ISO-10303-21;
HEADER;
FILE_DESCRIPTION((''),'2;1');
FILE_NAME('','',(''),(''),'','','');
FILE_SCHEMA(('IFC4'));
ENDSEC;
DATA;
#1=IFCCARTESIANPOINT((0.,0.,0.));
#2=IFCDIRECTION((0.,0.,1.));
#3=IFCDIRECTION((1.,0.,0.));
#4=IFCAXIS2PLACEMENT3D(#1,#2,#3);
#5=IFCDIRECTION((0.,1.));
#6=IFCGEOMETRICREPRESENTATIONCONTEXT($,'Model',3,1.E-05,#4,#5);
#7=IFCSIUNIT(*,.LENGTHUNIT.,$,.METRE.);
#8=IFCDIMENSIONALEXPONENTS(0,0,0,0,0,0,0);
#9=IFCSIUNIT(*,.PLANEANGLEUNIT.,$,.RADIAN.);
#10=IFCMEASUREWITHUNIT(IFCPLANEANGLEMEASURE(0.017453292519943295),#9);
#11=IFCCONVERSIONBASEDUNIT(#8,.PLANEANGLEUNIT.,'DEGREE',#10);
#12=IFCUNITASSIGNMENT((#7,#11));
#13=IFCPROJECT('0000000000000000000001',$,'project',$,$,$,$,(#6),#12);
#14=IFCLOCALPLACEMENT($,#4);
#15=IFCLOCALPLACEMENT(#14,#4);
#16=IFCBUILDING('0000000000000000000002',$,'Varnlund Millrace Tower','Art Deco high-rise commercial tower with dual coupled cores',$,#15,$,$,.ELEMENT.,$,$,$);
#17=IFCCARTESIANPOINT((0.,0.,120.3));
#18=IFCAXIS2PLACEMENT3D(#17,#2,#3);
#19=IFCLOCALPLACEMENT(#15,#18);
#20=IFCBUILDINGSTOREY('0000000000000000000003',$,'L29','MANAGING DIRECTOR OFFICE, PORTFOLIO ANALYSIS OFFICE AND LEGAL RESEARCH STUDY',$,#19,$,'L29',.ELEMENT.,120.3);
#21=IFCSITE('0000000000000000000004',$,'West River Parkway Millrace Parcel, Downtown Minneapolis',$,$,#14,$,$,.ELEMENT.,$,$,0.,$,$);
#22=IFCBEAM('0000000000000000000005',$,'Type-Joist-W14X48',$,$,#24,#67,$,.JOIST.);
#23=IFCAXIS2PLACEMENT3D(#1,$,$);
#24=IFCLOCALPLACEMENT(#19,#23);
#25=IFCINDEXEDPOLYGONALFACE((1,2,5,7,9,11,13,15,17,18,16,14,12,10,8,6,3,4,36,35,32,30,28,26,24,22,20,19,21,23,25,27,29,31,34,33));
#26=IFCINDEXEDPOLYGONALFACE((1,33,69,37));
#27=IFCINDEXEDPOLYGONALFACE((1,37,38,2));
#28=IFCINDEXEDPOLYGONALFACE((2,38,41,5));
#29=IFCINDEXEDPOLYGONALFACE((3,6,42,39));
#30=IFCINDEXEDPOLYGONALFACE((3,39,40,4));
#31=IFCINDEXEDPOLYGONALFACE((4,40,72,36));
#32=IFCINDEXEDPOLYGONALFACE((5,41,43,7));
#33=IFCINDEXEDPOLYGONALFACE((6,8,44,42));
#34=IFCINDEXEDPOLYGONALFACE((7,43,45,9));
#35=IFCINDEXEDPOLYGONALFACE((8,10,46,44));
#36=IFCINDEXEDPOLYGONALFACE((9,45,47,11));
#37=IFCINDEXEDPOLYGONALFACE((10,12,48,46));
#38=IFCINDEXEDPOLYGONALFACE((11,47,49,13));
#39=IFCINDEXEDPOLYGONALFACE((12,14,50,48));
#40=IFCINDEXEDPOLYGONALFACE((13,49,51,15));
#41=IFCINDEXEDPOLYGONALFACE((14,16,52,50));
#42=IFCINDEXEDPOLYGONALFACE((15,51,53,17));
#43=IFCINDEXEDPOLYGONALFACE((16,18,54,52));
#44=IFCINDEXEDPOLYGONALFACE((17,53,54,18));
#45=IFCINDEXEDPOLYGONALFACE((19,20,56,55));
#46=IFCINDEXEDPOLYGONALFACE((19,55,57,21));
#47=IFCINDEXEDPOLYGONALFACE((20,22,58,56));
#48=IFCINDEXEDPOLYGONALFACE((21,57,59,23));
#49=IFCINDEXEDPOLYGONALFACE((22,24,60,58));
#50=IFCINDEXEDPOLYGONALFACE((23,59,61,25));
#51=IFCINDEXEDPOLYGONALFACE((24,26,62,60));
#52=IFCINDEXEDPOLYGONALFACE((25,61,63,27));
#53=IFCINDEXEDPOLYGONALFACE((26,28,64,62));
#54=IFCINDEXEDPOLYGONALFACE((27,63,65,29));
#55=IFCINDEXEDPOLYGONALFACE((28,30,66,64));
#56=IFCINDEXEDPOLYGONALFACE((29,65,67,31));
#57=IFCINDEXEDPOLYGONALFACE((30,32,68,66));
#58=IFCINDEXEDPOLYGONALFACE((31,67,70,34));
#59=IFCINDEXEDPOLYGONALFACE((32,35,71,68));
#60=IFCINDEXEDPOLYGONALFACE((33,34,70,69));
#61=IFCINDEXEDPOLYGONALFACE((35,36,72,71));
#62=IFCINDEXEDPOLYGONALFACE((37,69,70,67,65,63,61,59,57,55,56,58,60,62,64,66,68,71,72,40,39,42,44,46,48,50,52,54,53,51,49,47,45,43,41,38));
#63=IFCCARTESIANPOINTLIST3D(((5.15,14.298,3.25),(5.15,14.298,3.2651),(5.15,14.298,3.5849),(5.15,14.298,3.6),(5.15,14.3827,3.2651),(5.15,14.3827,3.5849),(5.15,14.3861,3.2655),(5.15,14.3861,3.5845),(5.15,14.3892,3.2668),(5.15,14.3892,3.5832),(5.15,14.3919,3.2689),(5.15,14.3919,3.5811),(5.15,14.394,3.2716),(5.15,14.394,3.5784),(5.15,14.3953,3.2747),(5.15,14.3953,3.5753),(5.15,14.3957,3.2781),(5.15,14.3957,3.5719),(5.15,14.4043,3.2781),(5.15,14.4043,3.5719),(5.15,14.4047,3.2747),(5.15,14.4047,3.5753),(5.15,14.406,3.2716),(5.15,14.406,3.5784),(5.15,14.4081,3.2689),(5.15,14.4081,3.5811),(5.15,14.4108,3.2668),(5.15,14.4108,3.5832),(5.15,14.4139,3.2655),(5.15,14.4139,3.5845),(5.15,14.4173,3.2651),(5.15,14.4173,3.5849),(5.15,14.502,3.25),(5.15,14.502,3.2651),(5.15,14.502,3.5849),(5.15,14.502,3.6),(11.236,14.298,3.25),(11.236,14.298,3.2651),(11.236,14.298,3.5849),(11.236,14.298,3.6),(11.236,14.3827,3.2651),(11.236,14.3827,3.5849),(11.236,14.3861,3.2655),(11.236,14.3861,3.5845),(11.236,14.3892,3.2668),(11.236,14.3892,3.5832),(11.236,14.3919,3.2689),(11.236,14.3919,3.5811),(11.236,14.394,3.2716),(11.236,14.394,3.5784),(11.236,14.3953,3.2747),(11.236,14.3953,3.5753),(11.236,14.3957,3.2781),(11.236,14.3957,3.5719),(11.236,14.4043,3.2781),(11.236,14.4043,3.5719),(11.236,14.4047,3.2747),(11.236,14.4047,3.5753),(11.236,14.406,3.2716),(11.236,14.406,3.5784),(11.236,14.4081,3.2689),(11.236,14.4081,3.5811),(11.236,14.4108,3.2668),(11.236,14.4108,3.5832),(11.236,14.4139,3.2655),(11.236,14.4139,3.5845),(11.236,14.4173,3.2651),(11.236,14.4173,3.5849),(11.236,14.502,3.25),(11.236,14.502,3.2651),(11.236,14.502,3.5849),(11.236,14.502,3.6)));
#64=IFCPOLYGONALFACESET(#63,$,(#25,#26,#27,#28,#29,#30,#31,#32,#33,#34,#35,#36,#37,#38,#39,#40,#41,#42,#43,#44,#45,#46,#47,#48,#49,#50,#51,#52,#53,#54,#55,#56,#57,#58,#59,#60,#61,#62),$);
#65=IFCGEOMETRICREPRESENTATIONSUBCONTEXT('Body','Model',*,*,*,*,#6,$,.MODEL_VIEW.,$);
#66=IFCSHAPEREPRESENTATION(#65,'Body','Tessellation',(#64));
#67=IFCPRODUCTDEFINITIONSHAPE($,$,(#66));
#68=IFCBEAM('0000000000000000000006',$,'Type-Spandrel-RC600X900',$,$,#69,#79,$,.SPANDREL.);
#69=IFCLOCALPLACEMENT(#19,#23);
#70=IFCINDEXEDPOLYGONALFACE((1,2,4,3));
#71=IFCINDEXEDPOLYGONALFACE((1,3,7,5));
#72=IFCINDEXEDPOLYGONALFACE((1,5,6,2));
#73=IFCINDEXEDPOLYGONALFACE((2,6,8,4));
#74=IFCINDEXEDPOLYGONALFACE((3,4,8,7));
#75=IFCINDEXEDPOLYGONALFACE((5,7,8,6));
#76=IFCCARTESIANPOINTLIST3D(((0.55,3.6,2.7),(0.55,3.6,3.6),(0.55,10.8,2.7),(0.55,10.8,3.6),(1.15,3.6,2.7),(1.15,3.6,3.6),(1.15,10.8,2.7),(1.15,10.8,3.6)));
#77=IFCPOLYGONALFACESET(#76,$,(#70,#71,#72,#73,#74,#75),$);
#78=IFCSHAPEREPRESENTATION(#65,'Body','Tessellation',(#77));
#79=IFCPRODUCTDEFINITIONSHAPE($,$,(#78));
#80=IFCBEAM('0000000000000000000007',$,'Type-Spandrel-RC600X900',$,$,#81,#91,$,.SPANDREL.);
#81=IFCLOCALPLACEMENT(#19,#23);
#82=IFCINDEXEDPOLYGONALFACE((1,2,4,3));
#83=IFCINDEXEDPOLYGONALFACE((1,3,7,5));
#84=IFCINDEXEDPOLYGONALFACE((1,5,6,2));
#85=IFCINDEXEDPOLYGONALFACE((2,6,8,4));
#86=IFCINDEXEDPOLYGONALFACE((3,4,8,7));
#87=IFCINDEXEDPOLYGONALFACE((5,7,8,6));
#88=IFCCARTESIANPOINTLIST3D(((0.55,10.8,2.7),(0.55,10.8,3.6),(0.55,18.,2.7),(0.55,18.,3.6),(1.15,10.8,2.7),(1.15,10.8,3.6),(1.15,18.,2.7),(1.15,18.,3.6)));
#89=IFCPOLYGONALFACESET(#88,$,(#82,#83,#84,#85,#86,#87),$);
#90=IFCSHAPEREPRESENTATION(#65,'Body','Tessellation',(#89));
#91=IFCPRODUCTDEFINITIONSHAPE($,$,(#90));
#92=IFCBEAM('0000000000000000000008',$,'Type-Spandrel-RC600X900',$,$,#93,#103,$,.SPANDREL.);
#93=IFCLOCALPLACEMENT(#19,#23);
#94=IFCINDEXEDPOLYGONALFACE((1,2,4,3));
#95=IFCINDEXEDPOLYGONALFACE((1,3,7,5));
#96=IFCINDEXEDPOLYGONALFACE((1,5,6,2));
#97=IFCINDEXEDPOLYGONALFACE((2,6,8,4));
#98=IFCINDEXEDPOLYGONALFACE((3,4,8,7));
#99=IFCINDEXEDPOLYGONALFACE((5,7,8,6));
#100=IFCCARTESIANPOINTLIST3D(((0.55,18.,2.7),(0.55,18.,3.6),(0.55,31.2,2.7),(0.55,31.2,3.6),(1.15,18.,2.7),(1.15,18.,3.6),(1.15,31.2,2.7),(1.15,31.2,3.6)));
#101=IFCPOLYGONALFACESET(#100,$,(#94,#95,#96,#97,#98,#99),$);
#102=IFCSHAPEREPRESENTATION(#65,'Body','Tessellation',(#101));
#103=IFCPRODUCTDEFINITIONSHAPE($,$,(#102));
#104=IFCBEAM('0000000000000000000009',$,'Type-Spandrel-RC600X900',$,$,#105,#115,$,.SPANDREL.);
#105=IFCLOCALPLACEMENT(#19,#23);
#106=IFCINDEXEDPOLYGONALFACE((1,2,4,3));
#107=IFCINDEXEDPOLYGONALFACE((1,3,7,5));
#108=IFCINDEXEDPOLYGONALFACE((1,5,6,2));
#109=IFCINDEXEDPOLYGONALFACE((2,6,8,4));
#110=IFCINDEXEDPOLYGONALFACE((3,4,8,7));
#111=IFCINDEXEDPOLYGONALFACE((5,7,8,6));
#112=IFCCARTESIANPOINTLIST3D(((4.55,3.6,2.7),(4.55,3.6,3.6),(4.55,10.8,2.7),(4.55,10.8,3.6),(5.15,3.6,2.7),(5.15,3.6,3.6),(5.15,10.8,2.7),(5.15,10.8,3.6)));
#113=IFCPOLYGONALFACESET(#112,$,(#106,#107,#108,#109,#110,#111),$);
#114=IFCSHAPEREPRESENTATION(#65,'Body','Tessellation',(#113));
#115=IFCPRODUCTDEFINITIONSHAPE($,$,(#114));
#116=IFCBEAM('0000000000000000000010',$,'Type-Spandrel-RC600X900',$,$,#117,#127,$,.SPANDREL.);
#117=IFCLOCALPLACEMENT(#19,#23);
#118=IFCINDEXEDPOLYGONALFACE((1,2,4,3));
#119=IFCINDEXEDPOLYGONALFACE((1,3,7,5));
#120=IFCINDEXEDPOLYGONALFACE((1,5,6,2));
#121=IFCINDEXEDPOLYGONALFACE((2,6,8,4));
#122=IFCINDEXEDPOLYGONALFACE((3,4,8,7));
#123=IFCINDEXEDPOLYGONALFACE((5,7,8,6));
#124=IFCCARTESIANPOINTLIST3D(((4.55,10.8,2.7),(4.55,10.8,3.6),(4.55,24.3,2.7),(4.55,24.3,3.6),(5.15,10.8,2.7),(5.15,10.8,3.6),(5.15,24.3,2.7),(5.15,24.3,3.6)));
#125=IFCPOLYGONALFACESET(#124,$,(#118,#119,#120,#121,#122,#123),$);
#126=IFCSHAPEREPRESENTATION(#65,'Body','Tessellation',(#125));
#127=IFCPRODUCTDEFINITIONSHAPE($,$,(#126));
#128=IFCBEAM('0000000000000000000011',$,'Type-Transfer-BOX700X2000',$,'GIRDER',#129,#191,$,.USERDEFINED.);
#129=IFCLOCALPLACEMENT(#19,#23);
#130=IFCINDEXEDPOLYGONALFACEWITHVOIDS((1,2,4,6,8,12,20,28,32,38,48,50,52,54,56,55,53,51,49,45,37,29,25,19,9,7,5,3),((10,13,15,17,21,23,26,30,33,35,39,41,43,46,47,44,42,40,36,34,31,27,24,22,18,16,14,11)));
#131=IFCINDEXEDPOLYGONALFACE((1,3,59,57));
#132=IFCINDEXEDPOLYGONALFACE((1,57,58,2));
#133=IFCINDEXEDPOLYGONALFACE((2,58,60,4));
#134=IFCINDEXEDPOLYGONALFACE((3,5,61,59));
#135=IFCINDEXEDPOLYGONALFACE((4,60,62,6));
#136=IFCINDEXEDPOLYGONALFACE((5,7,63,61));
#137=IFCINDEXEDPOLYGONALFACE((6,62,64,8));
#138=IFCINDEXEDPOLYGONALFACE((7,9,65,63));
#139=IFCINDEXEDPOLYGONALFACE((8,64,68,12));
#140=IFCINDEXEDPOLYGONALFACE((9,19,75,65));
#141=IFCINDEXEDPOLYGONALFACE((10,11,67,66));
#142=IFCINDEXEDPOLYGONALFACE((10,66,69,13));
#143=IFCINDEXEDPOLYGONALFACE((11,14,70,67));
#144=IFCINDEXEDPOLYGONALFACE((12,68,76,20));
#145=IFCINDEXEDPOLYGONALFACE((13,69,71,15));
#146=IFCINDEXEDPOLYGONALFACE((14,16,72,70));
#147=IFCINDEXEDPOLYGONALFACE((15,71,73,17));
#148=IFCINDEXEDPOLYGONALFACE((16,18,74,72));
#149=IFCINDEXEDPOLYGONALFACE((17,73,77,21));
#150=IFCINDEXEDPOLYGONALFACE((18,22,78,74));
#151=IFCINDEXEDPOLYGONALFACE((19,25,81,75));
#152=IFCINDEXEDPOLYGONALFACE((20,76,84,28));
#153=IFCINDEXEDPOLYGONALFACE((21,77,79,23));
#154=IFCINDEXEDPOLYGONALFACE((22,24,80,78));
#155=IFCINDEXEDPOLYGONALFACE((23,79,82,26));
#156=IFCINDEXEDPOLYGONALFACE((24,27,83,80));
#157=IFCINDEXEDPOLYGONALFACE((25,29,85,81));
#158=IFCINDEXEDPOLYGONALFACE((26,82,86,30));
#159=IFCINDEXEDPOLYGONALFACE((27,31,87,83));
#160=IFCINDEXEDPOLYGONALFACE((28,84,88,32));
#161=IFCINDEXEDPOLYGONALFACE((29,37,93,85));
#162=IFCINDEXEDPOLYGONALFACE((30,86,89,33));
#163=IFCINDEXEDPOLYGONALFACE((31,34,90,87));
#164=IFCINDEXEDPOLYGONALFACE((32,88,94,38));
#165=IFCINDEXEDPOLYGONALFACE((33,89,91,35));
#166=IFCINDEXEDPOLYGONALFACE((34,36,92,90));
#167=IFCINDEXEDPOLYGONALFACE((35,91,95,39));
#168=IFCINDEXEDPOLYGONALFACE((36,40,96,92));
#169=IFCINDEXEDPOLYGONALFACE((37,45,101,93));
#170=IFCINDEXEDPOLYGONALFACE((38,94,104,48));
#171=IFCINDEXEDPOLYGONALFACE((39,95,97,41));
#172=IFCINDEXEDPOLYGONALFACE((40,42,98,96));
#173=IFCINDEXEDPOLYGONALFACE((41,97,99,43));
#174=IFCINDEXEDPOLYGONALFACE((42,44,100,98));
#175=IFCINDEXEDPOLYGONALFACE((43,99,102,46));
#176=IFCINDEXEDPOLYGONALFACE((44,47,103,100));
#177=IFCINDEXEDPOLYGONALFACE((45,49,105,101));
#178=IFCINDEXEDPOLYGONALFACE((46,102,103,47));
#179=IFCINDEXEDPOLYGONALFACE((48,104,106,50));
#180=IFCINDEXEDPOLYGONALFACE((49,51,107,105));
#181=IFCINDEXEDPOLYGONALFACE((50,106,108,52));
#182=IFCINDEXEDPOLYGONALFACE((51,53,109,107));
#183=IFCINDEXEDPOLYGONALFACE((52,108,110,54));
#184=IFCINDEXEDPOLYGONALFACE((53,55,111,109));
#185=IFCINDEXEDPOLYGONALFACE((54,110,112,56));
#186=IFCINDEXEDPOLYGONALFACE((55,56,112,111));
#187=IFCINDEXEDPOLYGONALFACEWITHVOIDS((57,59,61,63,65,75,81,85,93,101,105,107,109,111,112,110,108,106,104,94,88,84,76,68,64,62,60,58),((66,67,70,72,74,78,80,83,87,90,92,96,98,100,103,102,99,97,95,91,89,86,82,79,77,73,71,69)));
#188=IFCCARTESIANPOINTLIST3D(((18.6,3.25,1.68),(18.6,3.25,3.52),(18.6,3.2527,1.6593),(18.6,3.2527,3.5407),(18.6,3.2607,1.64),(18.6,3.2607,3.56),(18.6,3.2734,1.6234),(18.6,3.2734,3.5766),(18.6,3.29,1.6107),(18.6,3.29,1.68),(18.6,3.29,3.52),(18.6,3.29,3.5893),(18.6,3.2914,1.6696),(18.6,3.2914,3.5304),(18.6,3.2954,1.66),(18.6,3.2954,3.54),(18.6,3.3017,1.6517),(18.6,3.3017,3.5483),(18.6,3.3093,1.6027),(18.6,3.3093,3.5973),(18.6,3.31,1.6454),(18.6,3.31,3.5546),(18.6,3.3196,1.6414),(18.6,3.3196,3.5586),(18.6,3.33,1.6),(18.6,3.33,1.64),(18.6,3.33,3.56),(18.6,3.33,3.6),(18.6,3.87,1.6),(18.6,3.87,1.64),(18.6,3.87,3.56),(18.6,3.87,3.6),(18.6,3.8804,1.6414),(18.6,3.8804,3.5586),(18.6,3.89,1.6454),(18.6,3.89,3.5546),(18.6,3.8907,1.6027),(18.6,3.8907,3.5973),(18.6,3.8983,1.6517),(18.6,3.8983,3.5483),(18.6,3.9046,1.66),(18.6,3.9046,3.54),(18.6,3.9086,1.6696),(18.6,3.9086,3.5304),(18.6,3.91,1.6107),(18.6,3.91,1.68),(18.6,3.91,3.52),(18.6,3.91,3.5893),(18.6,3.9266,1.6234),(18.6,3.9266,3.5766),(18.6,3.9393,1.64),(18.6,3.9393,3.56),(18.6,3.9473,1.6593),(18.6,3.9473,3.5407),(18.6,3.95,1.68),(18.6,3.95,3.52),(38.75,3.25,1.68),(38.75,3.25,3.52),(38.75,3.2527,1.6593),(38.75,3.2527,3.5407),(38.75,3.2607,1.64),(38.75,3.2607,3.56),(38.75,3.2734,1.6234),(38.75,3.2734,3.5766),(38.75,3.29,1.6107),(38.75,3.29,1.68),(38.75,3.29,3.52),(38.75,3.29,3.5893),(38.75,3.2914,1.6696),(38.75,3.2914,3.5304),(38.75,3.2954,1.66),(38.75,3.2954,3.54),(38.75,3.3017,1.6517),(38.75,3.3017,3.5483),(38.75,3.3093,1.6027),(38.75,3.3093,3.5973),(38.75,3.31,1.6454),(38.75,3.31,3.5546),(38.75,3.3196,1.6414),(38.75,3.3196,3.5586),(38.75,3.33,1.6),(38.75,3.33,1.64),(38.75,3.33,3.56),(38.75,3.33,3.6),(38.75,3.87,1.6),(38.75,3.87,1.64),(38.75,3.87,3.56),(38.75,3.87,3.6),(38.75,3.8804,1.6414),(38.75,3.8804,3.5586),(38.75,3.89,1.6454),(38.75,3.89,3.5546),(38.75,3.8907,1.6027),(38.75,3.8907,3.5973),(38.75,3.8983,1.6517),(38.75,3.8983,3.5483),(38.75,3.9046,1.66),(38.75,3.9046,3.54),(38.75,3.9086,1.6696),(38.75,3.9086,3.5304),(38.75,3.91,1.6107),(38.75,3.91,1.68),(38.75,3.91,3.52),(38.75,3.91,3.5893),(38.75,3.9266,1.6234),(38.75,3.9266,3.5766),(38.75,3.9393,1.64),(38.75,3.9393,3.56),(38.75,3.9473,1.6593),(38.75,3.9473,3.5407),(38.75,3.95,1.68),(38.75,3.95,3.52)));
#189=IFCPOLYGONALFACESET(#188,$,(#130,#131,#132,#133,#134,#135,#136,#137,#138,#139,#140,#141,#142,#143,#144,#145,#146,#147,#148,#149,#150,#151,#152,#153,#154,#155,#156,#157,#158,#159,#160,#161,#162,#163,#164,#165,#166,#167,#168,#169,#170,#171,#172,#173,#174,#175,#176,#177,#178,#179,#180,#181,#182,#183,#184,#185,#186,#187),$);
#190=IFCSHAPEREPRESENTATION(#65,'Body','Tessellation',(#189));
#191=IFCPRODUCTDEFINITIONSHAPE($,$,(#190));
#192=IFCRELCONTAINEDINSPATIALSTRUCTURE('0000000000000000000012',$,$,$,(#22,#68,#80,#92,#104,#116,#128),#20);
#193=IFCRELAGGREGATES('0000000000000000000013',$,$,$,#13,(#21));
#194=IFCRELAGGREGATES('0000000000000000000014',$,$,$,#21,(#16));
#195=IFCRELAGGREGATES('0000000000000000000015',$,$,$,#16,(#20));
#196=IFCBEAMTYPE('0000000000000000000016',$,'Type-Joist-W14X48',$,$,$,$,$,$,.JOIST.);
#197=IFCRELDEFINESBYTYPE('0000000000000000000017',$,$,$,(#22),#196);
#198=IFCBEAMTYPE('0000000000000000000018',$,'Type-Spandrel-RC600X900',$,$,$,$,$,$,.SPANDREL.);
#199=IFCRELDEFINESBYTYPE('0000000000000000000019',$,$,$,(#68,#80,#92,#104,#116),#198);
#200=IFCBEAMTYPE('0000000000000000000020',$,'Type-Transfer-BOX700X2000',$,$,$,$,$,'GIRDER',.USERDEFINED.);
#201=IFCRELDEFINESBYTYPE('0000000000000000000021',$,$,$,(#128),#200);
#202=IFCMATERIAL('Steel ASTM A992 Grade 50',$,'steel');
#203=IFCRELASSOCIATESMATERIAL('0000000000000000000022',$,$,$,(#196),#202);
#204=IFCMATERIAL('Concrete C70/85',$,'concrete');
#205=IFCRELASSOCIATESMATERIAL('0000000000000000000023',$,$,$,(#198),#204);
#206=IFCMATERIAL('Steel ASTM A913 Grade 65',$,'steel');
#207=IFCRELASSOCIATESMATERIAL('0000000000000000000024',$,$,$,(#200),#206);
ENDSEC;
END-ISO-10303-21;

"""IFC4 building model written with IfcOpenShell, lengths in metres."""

from ifc_helpers import new_model, entity, si_unit, converted_unit, direction, frame, origin_with_axes, origin_2d_with_axis, place, context, subcontext, project, spatial, rectangle, hollow_rectangle, i_section, extrude, material, material_profile, profile_set, type_object, element, save


model = new_model("IFC4")

# Units and contexts
model_context = context("Model", 3, precision=1e-05, world=origin_with_axes(), true_north=direction((0.0, 1.0)))
body_context = subcontext(model_context, "Body", "Model", "MODEL_VIEW")
ifc_project = project(units=[si_unit("LENGTHUNIT", "METRE"), converted_unit("PLANEANGLEUNIT", "DEGREE", entity("IfcPlaneAngleMeasure", 0.017453292519943295), si_unit("PLANEANGLEUNIT", "RADIAN"), dimensions=[0, 0, 0, 0, 0, 0, 0])], contexts=[model_context])

# Site, building, storey
site_placement = place(None, origin_with_axes())
site = spatial("IfcSite", under=ifc_project, at=site_placement, Name="West River Parkway Millrace Parcel, Downtown Minneapolis", CompositionType="ELEMENT", RefElevation=0.0)
building_placement = place(site_placement, origin_with_axes())
building = spatial("IfcBuilding", under=site, at=building_placement, Name="Varnlund Millrace Tower", Description="Art Deco high-rise commercial tower with dual coupled cores", CompositionType="ELEMENT")
storey_placement = place(building_placement, frame((0.0, 0.0, 120.3), z_axis=(0.0, 0.0, 1.0), x_axis=(1.0, 0.0, 0.0)))
storey = spatial("IfcBuildingStorey", under=building, at=storey_placement, Name="L29", Description="MANAGING DIRECTOR OFFICE, PORTFOLIO ANALYSIS OFFICE AND LEGAL RESEARCH STUDY", LongName="L29", CompositionType="ELEMENT", Elevation=120.3)

# Beams
ifc_material_1 = material(Name="Steel ASTM A992 Grade 50", Category="steel")
ifc_material_profile_1 = material_profile(ifc_material_1, i_section(OverallWidth=0.204, OverallDepth=0.35, WebThickness=0.0086, FlangeThickness=0.0151, FilletRadius=0.013, at=origin_2d_with_axis()), Name="Steel ASTM A992 Grade 50")
ifc_profile_set_1 = profile_set([ifc_material_profile_1], Name="Steel ASTM A992 Grade 50")
beam_type_1 = type_object("IfcBeamType", Name="Type-Joist-W14X48", PredefinedType="JOIST", material=ifc_profile_set_1)
for number, where, z_axis, x_axis, name in (
    (1, (5.15, 14.4, 3.425), (1.0, 0.0, 0.0), (0.0, 1.0, 0.0), "Type-Joist-W14X48"),
):
    element("IfcBeam", number, at=place(storey_placement, frame(where, z_axis=z_axis, x_axis=x_axis)), inside=storey, type_object=beam_type_1, Name=name, PredefinedType="JOIST", context=body_context, shape_type="SweptSolid", body=[
        extrude(i_section(OverallWidth=0.204, OverallDepth=0.35, WebThickness=0.0086, FlangeThickness=0.0151, FilletRadius=0.013, at=origin_2d_with_axis()), origin_with_axes(), (0.0, 0.0, 1.0), 6.086),
    ])
ifc_material_2 = material(Name="Concrete C70/85", Category="concrete")
ifc_material_profile_2 = material_profile(ifc_material_2, rectangle(XDim=0.6, YDim=0.9, at=origin_2d_with_axis()), Name="Concrete C70/85")
ifc_profile_set_2 = profile_set([ifc_material_profile_2], Name="Concrete C70/85")
beam_type_2 = type_object("IfcBeamType", Name="Type-Spandrel-RC600X900", PredefinedType="SPANDREL", material=ifc_profile_set_2)
for number, where, z_axis, x_axis, name in (
    (2, (0.85, 3.6, 3.15), (0.0, 1.0, 0.0), (-1.0, 0.0, 0.0), "Type-Spandrel-RC600X900"),
    (3, (0.85, 10.8, 3.15), (0.0, 1.0, 0.0), (-1.0, 0.0, 0.0), "Type-Spandrel-RC600X900"),
):
    element("IfcBeam", number, at=place(storey_placement, frame(where, z_axis=z_axis, x_axis=x_axis)), inside=storey, type_object=beam_type_2, Name=name, PredefinedType="SPANDREL", context=body_context, shape_type="SweptSolid", body=[
        extrude(rectangle(XDim=0.6, YDim=0.9, at=origin_2d_with_axis()), origin_with_axes(), (0.0, 0.0, 1.0), 7.2),
    ])
beam_1_placement = place(storey_placement, frame((0.85, 18.0, 3.15), z_axis=(0.0, 1.0, 0.0), x_axis=(-1.0, 0.0, 0.0)))
element("IfcBeam", 4, at=beam_1_placement, inside=storey, type_object=beam_type_2, Name="Type-Spandrel-RC600X900", PredefinedType="SPANDREL", context=body_context, shape_type="SweptSolid", body=[
    extrude(rectangle(XDim=0.6, YDim=0.9, at=origin_2d_with_axis()), origin_with_axes(), (0.0, 0.0, 1.0), 13.2),
])
beam_2_placement = place(storey_placement, frame((4.85, 3.6, 3.15), z_axis=(0.0, 1.0, 0.0), x_axis=(-1.0, 0.0, 0.0)))
element("IfcBeam", 5, at=beam_2_placement, inside=storey, type_object=beam_type_2, Name="Type-Spandrel-RC600X900", PredefinedType="SPANDREL", context=body_context, shape_type="SweptSolid", body=[
    extrude(rectangle(XDim=0.6, YDim=0.9, at=origin_2d_with_axis()), origin_with_axes(), (0.0, 0.0, 1.0), 7.2),
])
beam_3_placement = place(storey_placement, frame((4.85, 10.8, 3.15), z_axis=(0.0, 1.0, 0.0), x_axis=(-1.0, 0.0, 0.0)))
element("IfcBeam", 6, at=beam_3_placement, inside=storey, type_object=beam_type_2, Name="Type-Spandrel-RC600X900", PredefinedType="SPANDREL", context=body_context, shape_type="SweptSolid", body=[
    extrude(rectangle(XDim=0.6, YDim=0.9, at=origin_2d_with_axis()), origin_with_axes(), (0.0, 0.0, 1.0), 13.5),
])
ifc_material_3 = material(Name="Steel ASTM A913 Grade 65", Category="steel")
ifc_material_profile_3 = material_profile(ifc_material_3, hollow_rectangle(XDim=0.7, YDim=2.0, WallThickness=0.04, InnerFilletRadius=0.04, OuterFilletRadius=0.08, at=origin_2d_with_axis()), Name="Steel ASTM A913 Grade 65")
ifc_profile_set_3 = profile_set([ifc_material_profile_3], Name="Steel ASTM A913 Grade 65")
beam_type_3 = type_object("IfcBeamType", Name="Type-Transfer-BOX700X2000", ElementType="GIRDER", PredefinedType="USERDEFINED", material=ifc_profile_set_3)
for number, where, z_axis, x_axis, name in (
    (7, (18.6, 3.6, 2.6), (1.0, 0.0, 0.0), (0.0, 1.0, 0.0), "Type-Transfer-BOX700X2000"),
):
    element("IfcBeam", number, at=place(storey_placement, frame(where, z_axis=z_axis, x_axis=x_axis)), inside=storey, type_object=beam_type_3, Name=name, ObjectType="GIRDER", PredefinedType="USERDEFINED", context=body_context, shape_type="SweptSolid", body=[
        extrude(hollow_rectangle(XDim=0.7, YDim=2.0, WallThickness=0.04, InnerFilletRadius=0.04, OuterFilletRadius=0.08, at=origin_2d_with_axis()), origin_with_axes(), (0.0, 0.0, 1.0), 20.15),
    ])

save(model, "model.ifc")
